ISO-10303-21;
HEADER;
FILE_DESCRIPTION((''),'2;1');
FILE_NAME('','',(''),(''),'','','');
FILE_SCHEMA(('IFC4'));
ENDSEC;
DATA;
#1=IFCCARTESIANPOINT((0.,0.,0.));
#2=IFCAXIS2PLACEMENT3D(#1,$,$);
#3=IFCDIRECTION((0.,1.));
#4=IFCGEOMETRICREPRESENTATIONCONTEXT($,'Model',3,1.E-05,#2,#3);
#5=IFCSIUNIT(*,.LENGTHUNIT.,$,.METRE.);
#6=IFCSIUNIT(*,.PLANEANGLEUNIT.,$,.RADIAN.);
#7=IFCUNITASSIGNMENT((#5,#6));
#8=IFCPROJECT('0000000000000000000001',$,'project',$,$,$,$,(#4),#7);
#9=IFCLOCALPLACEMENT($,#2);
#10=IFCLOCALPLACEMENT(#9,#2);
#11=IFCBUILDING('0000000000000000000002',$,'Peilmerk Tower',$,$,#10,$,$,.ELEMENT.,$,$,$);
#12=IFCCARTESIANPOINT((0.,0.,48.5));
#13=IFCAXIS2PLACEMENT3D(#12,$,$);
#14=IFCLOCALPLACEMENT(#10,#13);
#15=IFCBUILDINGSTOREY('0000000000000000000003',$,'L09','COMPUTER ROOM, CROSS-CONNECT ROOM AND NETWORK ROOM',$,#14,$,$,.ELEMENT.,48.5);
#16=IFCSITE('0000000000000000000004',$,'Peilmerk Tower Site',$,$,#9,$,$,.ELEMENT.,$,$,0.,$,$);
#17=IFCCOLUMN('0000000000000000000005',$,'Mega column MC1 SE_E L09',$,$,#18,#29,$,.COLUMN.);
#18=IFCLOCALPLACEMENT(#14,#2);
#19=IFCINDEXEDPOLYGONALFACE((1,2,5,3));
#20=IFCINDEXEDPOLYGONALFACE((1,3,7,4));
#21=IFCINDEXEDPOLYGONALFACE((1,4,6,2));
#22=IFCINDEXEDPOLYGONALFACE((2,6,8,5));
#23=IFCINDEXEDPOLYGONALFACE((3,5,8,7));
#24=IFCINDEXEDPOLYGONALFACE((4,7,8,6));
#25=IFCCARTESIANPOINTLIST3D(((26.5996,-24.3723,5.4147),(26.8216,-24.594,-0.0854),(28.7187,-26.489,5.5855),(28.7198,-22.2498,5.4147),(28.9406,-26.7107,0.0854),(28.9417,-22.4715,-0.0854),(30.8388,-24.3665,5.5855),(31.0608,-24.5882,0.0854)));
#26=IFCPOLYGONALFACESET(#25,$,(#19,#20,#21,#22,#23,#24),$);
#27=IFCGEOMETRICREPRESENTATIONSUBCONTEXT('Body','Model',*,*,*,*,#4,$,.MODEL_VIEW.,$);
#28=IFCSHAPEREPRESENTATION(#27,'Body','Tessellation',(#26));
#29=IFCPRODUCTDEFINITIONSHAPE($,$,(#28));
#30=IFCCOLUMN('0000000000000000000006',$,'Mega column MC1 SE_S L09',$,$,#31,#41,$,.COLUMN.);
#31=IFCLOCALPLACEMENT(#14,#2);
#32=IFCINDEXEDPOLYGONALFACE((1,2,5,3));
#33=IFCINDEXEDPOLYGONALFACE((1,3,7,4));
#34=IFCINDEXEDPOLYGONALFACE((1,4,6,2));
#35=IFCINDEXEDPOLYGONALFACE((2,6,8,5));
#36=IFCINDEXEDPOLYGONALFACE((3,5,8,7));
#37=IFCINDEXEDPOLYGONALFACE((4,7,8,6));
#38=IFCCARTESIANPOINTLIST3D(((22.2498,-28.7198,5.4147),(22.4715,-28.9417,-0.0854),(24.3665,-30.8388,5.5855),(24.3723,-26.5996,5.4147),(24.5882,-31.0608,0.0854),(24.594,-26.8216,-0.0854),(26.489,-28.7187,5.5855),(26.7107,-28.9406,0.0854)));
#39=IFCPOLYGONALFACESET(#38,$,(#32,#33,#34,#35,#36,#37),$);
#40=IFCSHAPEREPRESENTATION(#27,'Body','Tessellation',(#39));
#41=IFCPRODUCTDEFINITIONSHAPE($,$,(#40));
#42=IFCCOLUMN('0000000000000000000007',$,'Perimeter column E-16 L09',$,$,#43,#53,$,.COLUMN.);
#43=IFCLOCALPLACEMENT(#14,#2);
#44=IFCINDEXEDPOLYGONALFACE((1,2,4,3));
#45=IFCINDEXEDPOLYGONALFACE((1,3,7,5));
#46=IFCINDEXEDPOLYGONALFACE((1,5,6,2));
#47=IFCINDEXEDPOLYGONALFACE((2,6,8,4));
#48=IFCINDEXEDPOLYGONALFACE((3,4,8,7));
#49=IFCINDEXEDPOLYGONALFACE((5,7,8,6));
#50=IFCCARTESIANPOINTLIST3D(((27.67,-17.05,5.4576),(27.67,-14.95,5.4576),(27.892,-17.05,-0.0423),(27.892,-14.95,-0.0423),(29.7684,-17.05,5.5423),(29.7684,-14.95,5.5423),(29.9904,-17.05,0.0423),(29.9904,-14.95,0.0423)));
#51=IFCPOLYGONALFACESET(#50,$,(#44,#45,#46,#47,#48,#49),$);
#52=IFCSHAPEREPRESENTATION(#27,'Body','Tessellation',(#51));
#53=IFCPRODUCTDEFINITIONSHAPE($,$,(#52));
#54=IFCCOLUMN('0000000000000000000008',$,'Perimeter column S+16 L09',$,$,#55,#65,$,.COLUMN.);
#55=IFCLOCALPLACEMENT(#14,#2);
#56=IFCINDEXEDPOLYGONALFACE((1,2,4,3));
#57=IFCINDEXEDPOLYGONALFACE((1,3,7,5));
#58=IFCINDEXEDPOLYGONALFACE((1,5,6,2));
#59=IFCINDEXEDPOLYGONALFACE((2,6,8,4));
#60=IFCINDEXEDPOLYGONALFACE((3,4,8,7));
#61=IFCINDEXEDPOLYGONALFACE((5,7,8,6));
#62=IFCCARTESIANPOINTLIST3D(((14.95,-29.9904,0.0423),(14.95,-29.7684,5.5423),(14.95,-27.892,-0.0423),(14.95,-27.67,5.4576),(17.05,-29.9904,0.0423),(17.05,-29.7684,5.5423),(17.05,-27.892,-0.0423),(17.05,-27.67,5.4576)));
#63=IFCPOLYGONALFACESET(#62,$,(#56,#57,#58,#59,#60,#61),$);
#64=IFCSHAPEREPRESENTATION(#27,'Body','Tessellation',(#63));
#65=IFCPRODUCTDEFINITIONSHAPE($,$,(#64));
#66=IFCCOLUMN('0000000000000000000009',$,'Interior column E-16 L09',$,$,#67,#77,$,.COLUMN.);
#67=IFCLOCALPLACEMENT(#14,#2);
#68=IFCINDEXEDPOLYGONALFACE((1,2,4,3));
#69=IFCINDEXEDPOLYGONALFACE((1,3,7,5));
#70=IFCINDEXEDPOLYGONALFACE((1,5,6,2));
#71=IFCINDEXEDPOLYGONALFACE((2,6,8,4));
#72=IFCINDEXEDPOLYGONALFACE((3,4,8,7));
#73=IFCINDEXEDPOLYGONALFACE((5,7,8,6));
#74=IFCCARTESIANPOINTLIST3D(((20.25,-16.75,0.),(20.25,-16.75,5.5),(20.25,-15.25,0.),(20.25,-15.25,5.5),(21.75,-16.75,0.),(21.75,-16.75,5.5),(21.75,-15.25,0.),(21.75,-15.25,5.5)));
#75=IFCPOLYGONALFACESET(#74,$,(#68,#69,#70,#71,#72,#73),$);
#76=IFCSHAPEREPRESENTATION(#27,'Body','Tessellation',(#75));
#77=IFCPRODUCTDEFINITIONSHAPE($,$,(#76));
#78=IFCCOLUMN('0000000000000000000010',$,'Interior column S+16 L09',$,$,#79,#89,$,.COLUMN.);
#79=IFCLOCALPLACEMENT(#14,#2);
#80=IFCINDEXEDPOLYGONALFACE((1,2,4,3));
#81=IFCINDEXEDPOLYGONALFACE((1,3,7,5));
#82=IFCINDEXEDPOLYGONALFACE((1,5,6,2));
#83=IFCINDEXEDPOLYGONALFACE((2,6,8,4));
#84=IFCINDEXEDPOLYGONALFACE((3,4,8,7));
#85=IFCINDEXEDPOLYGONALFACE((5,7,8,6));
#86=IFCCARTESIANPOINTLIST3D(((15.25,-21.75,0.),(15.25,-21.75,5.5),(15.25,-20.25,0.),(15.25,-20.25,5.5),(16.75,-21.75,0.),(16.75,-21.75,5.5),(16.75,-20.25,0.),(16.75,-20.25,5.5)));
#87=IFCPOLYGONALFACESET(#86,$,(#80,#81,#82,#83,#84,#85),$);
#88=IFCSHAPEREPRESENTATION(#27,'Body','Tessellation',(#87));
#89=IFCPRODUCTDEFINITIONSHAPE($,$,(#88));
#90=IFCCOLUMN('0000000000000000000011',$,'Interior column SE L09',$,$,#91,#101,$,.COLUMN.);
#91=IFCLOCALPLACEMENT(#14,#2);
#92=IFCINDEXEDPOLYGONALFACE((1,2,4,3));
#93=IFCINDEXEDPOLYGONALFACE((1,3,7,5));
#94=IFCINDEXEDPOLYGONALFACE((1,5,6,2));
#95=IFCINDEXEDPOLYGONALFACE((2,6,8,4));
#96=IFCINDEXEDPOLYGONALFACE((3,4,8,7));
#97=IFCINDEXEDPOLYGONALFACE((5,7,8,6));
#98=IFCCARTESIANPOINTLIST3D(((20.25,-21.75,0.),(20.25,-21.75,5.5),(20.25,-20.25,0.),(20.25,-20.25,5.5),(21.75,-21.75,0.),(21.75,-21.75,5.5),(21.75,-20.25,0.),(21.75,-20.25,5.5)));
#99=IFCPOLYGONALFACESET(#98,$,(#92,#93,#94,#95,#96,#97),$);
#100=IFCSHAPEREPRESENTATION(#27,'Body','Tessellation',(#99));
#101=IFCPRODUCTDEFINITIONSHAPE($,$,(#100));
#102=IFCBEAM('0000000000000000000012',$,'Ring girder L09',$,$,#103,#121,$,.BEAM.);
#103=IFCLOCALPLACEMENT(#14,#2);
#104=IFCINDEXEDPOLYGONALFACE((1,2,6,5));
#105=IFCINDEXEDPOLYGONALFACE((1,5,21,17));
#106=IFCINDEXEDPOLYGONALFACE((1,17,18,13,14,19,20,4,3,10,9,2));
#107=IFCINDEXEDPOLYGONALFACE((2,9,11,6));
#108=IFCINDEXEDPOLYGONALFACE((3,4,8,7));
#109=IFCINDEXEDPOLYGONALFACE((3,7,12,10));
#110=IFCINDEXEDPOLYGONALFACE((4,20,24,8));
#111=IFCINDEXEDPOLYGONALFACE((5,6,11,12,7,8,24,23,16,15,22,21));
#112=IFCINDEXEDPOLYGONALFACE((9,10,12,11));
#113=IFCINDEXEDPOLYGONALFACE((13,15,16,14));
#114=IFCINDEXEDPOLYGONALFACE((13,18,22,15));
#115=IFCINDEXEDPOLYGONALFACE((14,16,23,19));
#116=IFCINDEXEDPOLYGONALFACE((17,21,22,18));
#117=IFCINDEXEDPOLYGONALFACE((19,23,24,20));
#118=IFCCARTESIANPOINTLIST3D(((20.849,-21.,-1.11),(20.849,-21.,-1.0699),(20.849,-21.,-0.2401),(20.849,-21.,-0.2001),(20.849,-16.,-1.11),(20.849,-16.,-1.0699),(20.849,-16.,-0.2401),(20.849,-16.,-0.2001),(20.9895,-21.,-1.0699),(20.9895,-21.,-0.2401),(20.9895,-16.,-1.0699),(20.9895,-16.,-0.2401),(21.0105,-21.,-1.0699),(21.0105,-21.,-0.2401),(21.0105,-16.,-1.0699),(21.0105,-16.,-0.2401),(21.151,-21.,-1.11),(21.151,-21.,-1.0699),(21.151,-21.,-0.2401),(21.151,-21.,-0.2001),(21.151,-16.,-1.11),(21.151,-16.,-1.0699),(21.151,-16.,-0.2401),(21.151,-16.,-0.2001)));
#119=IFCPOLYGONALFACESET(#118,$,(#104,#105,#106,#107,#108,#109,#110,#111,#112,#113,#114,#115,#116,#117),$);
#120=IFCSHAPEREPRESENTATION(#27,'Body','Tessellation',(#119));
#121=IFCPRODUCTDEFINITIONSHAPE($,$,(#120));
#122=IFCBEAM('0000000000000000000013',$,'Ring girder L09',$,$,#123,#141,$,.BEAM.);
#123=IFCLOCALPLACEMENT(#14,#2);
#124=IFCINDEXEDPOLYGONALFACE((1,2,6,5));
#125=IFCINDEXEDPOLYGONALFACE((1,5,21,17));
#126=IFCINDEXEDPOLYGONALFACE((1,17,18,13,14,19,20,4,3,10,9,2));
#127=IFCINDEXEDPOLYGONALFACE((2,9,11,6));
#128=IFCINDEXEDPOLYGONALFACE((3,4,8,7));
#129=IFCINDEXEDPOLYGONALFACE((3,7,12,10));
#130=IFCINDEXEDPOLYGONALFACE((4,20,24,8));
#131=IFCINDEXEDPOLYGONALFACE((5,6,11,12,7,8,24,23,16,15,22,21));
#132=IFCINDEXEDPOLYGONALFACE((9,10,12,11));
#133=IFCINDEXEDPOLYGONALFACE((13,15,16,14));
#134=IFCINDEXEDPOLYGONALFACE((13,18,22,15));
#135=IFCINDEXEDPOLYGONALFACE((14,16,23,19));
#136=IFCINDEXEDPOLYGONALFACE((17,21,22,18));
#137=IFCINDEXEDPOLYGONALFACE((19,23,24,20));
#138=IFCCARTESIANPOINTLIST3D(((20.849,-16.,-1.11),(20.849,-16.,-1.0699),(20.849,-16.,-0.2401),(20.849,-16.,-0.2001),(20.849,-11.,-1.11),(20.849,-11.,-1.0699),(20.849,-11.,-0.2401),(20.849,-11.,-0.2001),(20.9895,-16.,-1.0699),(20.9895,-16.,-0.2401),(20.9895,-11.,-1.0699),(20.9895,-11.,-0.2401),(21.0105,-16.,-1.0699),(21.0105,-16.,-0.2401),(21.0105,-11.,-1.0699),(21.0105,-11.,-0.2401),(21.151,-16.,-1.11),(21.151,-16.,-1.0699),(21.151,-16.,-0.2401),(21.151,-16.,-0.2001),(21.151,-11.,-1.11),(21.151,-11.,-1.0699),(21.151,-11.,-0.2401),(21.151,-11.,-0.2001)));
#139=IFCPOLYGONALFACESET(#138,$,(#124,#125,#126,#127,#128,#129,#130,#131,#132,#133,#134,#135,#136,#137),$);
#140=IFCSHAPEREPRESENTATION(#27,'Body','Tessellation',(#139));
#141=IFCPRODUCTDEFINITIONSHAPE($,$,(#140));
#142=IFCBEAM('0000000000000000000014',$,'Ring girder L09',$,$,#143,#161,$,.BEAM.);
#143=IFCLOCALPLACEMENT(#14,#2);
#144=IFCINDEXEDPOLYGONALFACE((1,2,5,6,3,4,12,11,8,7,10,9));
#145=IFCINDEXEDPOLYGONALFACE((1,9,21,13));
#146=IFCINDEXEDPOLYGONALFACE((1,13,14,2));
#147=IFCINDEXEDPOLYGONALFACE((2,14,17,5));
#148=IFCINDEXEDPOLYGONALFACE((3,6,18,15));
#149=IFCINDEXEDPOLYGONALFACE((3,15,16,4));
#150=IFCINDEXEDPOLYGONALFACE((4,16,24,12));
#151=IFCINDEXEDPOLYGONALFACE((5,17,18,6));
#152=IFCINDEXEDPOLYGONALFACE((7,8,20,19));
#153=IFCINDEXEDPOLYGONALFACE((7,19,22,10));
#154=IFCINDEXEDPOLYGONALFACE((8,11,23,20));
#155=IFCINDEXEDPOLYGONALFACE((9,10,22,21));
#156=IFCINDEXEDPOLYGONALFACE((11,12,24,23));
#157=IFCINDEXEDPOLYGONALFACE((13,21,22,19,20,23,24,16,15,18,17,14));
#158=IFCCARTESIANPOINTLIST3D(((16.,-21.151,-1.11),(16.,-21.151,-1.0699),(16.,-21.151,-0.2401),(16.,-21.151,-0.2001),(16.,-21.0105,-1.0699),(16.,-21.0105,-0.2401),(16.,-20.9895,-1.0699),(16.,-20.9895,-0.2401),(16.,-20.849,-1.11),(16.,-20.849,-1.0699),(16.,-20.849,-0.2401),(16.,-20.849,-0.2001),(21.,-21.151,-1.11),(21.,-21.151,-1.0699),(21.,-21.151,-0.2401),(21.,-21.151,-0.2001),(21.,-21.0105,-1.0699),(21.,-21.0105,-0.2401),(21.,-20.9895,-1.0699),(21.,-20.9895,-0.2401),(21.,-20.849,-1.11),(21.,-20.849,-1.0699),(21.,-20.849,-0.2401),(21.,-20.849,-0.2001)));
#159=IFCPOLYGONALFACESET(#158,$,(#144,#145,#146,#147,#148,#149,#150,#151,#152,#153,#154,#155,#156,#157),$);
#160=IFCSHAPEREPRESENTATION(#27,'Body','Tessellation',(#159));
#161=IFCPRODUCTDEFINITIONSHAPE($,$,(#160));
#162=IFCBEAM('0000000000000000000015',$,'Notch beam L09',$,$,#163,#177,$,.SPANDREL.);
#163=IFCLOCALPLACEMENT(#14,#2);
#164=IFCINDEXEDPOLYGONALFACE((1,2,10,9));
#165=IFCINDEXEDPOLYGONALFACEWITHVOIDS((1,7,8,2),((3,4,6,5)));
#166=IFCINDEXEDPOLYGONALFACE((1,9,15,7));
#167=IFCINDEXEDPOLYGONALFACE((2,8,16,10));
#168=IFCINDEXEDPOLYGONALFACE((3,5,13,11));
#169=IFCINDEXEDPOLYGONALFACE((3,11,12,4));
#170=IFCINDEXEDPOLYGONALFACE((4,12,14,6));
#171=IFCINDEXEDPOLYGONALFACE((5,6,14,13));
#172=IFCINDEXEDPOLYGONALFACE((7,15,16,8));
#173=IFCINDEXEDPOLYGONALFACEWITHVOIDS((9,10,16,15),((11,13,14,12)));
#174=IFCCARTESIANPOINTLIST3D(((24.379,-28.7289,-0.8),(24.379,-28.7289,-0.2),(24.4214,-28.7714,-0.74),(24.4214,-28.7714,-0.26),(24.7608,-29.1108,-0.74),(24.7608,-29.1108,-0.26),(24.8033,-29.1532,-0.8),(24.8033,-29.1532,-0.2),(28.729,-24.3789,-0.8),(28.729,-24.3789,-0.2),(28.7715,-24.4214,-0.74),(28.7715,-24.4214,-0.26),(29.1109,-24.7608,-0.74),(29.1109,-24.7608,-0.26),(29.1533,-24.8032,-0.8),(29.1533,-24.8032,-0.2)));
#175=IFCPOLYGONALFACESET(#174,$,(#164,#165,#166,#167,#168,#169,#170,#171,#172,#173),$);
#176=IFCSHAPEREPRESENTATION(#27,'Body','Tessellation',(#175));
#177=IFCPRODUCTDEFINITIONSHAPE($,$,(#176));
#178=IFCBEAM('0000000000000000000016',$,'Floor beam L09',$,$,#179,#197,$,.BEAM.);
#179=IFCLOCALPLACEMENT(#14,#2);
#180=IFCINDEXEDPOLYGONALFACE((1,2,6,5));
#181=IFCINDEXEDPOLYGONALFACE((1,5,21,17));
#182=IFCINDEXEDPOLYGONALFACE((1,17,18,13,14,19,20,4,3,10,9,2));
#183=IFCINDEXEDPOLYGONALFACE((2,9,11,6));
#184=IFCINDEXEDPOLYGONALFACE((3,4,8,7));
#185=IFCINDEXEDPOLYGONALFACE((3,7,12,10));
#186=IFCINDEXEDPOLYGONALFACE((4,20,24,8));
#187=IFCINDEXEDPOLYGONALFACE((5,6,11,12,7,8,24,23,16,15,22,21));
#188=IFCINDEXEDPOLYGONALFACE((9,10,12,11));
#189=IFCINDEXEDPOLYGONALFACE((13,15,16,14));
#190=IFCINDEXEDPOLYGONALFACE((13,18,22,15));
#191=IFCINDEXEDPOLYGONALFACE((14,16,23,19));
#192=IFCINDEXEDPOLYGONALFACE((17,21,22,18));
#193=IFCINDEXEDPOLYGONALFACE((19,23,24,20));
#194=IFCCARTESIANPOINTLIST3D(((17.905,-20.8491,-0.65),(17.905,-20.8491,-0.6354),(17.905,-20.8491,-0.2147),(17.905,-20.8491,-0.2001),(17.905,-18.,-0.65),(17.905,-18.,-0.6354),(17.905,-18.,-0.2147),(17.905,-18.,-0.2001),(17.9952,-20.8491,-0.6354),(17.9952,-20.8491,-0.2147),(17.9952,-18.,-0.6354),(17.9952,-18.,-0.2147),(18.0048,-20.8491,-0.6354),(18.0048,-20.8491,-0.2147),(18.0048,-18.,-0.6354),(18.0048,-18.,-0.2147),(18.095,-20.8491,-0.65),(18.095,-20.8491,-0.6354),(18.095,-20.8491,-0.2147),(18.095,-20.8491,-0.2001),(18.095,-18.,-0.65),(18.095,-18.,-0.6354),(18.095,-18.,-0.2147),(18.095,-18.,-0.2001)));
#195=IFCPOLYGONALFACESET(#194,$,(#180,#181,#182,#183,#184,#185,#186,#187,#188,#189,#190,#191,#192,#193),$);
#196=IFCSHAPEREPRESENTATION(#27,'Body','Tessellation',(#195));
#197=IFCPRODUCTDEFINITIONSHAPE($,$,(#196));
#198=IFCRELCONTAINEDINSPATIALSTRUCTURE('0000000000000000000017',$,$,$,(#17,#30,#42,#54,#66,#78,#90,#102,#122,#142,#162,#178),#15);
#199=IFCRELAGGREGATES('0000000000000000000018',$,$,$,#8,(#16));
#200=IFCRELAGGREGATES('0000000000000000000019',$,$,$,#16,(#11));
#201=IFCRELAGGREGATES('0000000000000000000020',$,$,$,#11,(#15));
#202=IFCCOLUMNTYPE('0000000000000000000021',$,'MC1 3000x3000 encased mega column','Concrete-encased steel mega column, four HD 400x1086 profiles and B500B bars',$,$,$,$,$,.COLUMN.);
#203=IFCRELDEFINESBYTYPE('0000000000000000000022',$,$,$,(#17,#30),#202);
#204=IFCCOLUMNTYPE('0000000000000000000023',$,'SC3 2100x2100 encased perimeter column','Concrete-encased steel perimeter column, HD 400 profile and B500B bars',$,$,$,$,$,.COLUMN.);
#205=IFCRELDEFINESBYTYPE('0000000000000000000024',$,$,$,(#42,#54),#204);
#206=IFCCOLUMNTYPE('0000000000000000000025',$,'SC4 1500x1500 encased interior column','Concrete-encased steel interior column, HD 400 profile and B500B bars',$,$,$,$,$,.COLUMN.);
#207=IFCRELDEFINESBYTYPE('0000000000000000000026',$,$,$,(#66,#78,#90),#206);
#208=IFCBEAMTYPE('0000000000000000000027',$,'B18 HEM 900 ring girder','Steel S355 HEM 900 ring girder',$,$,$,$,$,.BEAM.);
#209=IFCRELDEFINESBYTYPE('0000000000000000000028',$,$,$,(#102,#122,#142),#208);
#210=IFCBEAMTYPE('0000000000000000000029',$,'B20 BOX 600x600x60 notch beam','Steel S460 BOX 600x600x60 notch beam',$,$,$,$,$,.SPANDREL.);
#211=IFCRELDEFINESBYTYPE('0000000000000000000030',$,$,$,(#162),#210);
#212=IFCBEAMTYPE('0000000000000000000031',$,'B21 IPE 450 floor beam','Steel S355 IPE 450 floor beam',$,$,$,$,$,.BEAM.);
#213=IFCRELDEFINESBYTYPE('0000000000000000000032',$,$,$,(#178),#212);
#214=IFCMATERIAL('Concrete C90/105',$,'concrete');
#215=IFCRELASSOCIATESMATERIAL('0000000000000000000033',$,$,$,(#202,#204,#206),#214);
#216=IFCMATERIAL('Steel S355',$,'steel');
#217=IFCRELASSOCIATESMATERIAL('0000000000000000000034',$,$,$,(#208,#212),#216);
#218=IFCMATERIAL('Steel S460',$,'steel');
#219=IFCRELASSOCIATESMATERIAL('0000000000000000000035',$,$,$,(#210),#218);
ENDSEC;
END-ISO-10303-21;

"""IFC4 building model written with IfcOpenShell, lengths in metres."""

from ifc_helpers import new_model, si_unit, direction, frame, origin, origin_2d, place, context, subcontext, project, spatial, rectangle, hollow_rectangle, i_section, extrude, material, material_profile, profile_set, type_object, element, save


model = new_model("IFC4")

# Units and contexts
model_context = context("Model", 3, precision=1e-05, world=origin(), true_north=direction((0.0, 1.0)))
body_context = subcontext(model_context, "Body", "Model", "MODEL_VIEW")
ifc_project = project(units=[si_unit("LENGTHUNIT", "METRE"), si_unit("PLANEANGLEUNIT", "RADIAN")], contexts=[model_context])

# Site, building, storey
site_placement = place(None, origin())
site = spatial("IfcSite", under=ifc_project, at=site_placement, Name="Peilmerk Tower Site", CompositionType="ELEMENT", RefElevation=0.0)
building_placement = place(site_placement, origin())
building = spatial("IfcBuilding", under=site, at=building_placement, Name="Peilmerk Tower", CompositionType="ELEMENT")
storey_placement = place(building_placement, frame((0.0, 0.0, 48.5)))
storey = spatial("IfcBuildingStorey", under=building, at=storey_placement, Name="L09", Description="COMPUTER ROOM, CROSS-CONNECT ROOM AND NETWORK ROOM", CompositionType="ELEMENT", Elevation=48.5)

# Columns
ifc_material_1 = material(Name="Concrete C90/105", Category="concrete")
ifc_material_profile_1 = material_profile(ifc_material_1, rectangle(XDim=3.0, YDim=3.0, at=origin_2d()), Name="RC 3000x3000")
ifc_profile_set_1 = profile_set([ifc_material_profile_1], Name="Concrete C90/105")
column_type_1 = type_object("IfcColumnType", Name="MC1 3000x3000 encased mega column", Description="Concrete-encased steel mega column, four HD 400x1086 profiles and B500B bars", PredefinedType="COLUMN", material=ifc_profile_set_1)
for number, where, z_axis, x_axis, name in (
    (1, (28.9412, -24.5911, 0.0), (-0.040284, 0.04024, 0.998378), (-0.706718, -0.707496, 0.0), "Mega column MC1 SE_E L09"),
    (2, (24.5911, -28.9412, 0.0), (-0.04024, 0.040284, 0.998378), (-0.707496, -0.706718, 0.0), "Mega column MC1 SE_S L09"),
):
    element("IfcColumn", number, at=place(storey_placement, frame(where, z_axis=z_axis, x_axis=x_axis)), inside=storey, type_object=column_type_1, Name=name, PredefinedType="COLUMN", context=body_context, shape_type="SweptSolid", body=[
        extrude(rectangle(XDim=3.0, YDim=3.0, at=origin_2d()), origin(), (0.0, 0.0, 1.0), 5.509),
    ])
ifc_material_profile_2 = material_profile(ifc_material_1, rectangle(XDim=2.1001, YDim=2.1001, at=origin_2d()), Name="RC 2100x2100")
ifc_profile_set_2 = profile_set([ifc_material_profile_2], Name="Concrete C90/105")
column_type_2 = type_object("IfcColumnType", Name="SC3 2100x2100 encased perimeter column", Description="Concrete-encased steel perimeter column, HD 400 profile and B500B bars", PredefinedType="COLUMN", material=ifc_profile_set_2)
for number, where, z_axis, x_axis, name in (
    (3, (28.9412, -16.0, 0.0), (-0.040317, 0.0, 0.999187), (0.0, -1.0, 0.0), "Perimeter column E-16 L09"),
    (4, (16.0, -28.9412, 0.0), (0.0, 0.040317, 0.999187), (-1.0, 0.0, 0.0), "Perimeter column S+16 L09"),
):
    element("IfcColumn", number, at=place(storey_placement, frame(where, z_axis=z_axis, x_axis=x_axis)), inside=storey, type_object=column_type_2, Name=name, PredefinedType="COLUMN", context=body_context, shape_type="SweptSolid", body=[
        extrude(rectangle(XDim=2.1001, YDim=2.1001, at=origin_2d()), origin(), (0.0, 0.0, 1.0), 5.5044),
    ])
ifc_material_profile_3 = material_profile(ifc_material_1, rectangle(XDim=1.5, YDim=1.5, at=origin_2d()), Name="RC 1500x1500")
ifc_profile_set_3 = profile_set([ifc_material_profile_3], Name="Concrete C90/105")
column_type_3 = type_object("IfcColumnType", Name="SC4 1500x1500 encased interior column", Description="Concrete-encased steel interior column, HD 400 profile and B500B bars", PredefinedType="COLUMN", material=ifc_profile_set_3)
for number, where, z_axis, x_axis, name in (
    (5, (21.0, -16.0, 0.0), (0.0, 0.0, 1.0), (1.0, 0.0, 0.0), "Interior column E-16 L09"),
    (6, (16.0, -21.0, 0.0), (0.0, 0.0, 1.0), (1.0, 0.0, 0.0), "Interior column S+16 L09"),
    (7, (21.0, -21.0, 0.0), (0.0, 0.0, 1.0), (1.0, 0.0, 0.0), "Interior column SE L09"),
):
    element("IfcColumn", number, at=place(storey_placement, frame(where, z_axis=z_axis, x_axis=x_axis)), inside=storey, type_object=column_type_3, Name=name, PredefinedType="COLUMN", context=body_context, shape_type="SweptSolid", body=[
        extrude(rectangle(XDim=1.5, YDim=1.5, at=origin_2d()), origin(), (0.0, 0.0, 1.0), 5.5),
    ])

# Beams
ifc_material_2 = material(Name="Steel S355", Category="steel")
ifc_material_profile_4 = material_profile(ifc_material_2, i_section(OverallWidth=0.302, OverallDepth=0.9099, WebThickness=0.021, FlangeThickness=0.04, at=origin_2d()), Name="HEM 900")
ifc_profile_set_4 = profile_set([ifc_material_profile_4], Name="Steel S355")
beam_type_1 = type_object("IfcBeamType", Name="B18 HEM 900 ring girder", Description="Steel S355 HEM 900 ring girder", PredefinedType="BEAM", material=ifc_profile_set_4)
for number, where, z_axis, x_axis, name in (
    (8, (21.0, -21.0, -0.655), (0.0, 1.0, 0.0), (-1.0, 0.0, 0.0), "Ring girder L09"),
    (9, (21.0, -16.0, -0.655), (0.0, 1.0, 0.0), (-1.0, 0.0, 0.0), "Ring girder L09"),
    (10, (16.0, -21.0, -0.655), (1.0, 0.0, 0.0), (0.0, 1.0, 0.0), "Ring girder L09"),
):
    element("IfcBeam", number, at=place(storey_placement, frame(where, z_axis=z_axis, x_axis=x_axis)), inside=storey, type_object=beam_type_1, Name=name, PredefinedType="BEAM", context=body_context, shape_type="SweptSolid", body=[
        extrude(i_section(OverallWidth=0.302, OverallDepth=0.9099, WebThickness=0.021, FlangeThickness=0.04, at=origin_2d()), origin(), (0.0, 0.0, 1.0), 5.0),
    ])
ifc_material_3 = material(Name="Steel S460", Category="steel")
ifc_material_profile_5 = material_profile(ifc_material_3, hollow_rectangle(XDim=0.6001, YDim=0.6001, WallThickness=0.0601, at=origin_2d()), Name="BOX 600x600x60")
ifc_profile_set_5 = profile_set([ifc_material_profile_5], Name="Steel S460")
beam_type_2 = type_object("IfcBeamType", Name="B20 BOX 600x600x60 notch beam", Description="Steel S460 BOX 600x600x60 notch beam", PredefinedType="SPANDREL", material=ifc_profile_set_5)
beam_1_placement = place(storey_placement, frame((28.9412, -24.5911, -0.5), z_axis=(-0.707107, -0.707107, 0.0), x_axis=(0.707107, -0.707107, 0.0)))
element("IfcBeam", 11, at=beam_1_placement, inside=storey, type_object=beam_type_2, Name="Notch beam L09", PredefinedType="SPANDREL", context=body_context, shape_type="SweptSolid", body=[
    extrude(hollow_rectangle(XDim=0.6001, YDim=0.6001, WallThickness=0.0601, at=origin_2d()), origin(), (0.0, 0.0, 1.0), 6.1519),
])
ifc_material_profile_6 = material_profile(ifc_material_2, i_section(OverallWidth=0.1899, OverallDepth=0.45, WebThickness=0.0095, FlangeThickness=0.0146, at=origin_2d()), Name="IPE 450")
ifc_profile_set_6 = profile_set([ifc_material_profile_6], Name="Steel S355")
beam_type_3 = type_object("IfcBeamType", Name="B21 IPE 450 floor beam", Description="Steel S355 IPE 450 floor beam", PredefinedType="BEAM", material=ifc_profile_set_6)
for number, where, z_axis, x_axis, name in (
    (12, (18.0, -18.0, -0.425), (0.0, -1.0, 0.0), (1.0, 0.0, 0.0), "Floor beam L09"),
):
    element("IfcBeam", number, at=place(storey_placement, frame(where, z_axis=z_axis, x_axis=x_axis)), inside=storey, type_object=beam_type_3, Name=name, PredefinedType="BEAM", context=body_context, shape_type="SweptSolid", body=[
        extrude(i_section(OverallWidth=0.1899, OverallDepth=0.45, WebThickness=0.0095, FlangeThickness=0.0146, at=origin_2d()), origin(), (0.0, 0.0, 1.0), 2.8491),
    ])

save(model, "model.ifc")
